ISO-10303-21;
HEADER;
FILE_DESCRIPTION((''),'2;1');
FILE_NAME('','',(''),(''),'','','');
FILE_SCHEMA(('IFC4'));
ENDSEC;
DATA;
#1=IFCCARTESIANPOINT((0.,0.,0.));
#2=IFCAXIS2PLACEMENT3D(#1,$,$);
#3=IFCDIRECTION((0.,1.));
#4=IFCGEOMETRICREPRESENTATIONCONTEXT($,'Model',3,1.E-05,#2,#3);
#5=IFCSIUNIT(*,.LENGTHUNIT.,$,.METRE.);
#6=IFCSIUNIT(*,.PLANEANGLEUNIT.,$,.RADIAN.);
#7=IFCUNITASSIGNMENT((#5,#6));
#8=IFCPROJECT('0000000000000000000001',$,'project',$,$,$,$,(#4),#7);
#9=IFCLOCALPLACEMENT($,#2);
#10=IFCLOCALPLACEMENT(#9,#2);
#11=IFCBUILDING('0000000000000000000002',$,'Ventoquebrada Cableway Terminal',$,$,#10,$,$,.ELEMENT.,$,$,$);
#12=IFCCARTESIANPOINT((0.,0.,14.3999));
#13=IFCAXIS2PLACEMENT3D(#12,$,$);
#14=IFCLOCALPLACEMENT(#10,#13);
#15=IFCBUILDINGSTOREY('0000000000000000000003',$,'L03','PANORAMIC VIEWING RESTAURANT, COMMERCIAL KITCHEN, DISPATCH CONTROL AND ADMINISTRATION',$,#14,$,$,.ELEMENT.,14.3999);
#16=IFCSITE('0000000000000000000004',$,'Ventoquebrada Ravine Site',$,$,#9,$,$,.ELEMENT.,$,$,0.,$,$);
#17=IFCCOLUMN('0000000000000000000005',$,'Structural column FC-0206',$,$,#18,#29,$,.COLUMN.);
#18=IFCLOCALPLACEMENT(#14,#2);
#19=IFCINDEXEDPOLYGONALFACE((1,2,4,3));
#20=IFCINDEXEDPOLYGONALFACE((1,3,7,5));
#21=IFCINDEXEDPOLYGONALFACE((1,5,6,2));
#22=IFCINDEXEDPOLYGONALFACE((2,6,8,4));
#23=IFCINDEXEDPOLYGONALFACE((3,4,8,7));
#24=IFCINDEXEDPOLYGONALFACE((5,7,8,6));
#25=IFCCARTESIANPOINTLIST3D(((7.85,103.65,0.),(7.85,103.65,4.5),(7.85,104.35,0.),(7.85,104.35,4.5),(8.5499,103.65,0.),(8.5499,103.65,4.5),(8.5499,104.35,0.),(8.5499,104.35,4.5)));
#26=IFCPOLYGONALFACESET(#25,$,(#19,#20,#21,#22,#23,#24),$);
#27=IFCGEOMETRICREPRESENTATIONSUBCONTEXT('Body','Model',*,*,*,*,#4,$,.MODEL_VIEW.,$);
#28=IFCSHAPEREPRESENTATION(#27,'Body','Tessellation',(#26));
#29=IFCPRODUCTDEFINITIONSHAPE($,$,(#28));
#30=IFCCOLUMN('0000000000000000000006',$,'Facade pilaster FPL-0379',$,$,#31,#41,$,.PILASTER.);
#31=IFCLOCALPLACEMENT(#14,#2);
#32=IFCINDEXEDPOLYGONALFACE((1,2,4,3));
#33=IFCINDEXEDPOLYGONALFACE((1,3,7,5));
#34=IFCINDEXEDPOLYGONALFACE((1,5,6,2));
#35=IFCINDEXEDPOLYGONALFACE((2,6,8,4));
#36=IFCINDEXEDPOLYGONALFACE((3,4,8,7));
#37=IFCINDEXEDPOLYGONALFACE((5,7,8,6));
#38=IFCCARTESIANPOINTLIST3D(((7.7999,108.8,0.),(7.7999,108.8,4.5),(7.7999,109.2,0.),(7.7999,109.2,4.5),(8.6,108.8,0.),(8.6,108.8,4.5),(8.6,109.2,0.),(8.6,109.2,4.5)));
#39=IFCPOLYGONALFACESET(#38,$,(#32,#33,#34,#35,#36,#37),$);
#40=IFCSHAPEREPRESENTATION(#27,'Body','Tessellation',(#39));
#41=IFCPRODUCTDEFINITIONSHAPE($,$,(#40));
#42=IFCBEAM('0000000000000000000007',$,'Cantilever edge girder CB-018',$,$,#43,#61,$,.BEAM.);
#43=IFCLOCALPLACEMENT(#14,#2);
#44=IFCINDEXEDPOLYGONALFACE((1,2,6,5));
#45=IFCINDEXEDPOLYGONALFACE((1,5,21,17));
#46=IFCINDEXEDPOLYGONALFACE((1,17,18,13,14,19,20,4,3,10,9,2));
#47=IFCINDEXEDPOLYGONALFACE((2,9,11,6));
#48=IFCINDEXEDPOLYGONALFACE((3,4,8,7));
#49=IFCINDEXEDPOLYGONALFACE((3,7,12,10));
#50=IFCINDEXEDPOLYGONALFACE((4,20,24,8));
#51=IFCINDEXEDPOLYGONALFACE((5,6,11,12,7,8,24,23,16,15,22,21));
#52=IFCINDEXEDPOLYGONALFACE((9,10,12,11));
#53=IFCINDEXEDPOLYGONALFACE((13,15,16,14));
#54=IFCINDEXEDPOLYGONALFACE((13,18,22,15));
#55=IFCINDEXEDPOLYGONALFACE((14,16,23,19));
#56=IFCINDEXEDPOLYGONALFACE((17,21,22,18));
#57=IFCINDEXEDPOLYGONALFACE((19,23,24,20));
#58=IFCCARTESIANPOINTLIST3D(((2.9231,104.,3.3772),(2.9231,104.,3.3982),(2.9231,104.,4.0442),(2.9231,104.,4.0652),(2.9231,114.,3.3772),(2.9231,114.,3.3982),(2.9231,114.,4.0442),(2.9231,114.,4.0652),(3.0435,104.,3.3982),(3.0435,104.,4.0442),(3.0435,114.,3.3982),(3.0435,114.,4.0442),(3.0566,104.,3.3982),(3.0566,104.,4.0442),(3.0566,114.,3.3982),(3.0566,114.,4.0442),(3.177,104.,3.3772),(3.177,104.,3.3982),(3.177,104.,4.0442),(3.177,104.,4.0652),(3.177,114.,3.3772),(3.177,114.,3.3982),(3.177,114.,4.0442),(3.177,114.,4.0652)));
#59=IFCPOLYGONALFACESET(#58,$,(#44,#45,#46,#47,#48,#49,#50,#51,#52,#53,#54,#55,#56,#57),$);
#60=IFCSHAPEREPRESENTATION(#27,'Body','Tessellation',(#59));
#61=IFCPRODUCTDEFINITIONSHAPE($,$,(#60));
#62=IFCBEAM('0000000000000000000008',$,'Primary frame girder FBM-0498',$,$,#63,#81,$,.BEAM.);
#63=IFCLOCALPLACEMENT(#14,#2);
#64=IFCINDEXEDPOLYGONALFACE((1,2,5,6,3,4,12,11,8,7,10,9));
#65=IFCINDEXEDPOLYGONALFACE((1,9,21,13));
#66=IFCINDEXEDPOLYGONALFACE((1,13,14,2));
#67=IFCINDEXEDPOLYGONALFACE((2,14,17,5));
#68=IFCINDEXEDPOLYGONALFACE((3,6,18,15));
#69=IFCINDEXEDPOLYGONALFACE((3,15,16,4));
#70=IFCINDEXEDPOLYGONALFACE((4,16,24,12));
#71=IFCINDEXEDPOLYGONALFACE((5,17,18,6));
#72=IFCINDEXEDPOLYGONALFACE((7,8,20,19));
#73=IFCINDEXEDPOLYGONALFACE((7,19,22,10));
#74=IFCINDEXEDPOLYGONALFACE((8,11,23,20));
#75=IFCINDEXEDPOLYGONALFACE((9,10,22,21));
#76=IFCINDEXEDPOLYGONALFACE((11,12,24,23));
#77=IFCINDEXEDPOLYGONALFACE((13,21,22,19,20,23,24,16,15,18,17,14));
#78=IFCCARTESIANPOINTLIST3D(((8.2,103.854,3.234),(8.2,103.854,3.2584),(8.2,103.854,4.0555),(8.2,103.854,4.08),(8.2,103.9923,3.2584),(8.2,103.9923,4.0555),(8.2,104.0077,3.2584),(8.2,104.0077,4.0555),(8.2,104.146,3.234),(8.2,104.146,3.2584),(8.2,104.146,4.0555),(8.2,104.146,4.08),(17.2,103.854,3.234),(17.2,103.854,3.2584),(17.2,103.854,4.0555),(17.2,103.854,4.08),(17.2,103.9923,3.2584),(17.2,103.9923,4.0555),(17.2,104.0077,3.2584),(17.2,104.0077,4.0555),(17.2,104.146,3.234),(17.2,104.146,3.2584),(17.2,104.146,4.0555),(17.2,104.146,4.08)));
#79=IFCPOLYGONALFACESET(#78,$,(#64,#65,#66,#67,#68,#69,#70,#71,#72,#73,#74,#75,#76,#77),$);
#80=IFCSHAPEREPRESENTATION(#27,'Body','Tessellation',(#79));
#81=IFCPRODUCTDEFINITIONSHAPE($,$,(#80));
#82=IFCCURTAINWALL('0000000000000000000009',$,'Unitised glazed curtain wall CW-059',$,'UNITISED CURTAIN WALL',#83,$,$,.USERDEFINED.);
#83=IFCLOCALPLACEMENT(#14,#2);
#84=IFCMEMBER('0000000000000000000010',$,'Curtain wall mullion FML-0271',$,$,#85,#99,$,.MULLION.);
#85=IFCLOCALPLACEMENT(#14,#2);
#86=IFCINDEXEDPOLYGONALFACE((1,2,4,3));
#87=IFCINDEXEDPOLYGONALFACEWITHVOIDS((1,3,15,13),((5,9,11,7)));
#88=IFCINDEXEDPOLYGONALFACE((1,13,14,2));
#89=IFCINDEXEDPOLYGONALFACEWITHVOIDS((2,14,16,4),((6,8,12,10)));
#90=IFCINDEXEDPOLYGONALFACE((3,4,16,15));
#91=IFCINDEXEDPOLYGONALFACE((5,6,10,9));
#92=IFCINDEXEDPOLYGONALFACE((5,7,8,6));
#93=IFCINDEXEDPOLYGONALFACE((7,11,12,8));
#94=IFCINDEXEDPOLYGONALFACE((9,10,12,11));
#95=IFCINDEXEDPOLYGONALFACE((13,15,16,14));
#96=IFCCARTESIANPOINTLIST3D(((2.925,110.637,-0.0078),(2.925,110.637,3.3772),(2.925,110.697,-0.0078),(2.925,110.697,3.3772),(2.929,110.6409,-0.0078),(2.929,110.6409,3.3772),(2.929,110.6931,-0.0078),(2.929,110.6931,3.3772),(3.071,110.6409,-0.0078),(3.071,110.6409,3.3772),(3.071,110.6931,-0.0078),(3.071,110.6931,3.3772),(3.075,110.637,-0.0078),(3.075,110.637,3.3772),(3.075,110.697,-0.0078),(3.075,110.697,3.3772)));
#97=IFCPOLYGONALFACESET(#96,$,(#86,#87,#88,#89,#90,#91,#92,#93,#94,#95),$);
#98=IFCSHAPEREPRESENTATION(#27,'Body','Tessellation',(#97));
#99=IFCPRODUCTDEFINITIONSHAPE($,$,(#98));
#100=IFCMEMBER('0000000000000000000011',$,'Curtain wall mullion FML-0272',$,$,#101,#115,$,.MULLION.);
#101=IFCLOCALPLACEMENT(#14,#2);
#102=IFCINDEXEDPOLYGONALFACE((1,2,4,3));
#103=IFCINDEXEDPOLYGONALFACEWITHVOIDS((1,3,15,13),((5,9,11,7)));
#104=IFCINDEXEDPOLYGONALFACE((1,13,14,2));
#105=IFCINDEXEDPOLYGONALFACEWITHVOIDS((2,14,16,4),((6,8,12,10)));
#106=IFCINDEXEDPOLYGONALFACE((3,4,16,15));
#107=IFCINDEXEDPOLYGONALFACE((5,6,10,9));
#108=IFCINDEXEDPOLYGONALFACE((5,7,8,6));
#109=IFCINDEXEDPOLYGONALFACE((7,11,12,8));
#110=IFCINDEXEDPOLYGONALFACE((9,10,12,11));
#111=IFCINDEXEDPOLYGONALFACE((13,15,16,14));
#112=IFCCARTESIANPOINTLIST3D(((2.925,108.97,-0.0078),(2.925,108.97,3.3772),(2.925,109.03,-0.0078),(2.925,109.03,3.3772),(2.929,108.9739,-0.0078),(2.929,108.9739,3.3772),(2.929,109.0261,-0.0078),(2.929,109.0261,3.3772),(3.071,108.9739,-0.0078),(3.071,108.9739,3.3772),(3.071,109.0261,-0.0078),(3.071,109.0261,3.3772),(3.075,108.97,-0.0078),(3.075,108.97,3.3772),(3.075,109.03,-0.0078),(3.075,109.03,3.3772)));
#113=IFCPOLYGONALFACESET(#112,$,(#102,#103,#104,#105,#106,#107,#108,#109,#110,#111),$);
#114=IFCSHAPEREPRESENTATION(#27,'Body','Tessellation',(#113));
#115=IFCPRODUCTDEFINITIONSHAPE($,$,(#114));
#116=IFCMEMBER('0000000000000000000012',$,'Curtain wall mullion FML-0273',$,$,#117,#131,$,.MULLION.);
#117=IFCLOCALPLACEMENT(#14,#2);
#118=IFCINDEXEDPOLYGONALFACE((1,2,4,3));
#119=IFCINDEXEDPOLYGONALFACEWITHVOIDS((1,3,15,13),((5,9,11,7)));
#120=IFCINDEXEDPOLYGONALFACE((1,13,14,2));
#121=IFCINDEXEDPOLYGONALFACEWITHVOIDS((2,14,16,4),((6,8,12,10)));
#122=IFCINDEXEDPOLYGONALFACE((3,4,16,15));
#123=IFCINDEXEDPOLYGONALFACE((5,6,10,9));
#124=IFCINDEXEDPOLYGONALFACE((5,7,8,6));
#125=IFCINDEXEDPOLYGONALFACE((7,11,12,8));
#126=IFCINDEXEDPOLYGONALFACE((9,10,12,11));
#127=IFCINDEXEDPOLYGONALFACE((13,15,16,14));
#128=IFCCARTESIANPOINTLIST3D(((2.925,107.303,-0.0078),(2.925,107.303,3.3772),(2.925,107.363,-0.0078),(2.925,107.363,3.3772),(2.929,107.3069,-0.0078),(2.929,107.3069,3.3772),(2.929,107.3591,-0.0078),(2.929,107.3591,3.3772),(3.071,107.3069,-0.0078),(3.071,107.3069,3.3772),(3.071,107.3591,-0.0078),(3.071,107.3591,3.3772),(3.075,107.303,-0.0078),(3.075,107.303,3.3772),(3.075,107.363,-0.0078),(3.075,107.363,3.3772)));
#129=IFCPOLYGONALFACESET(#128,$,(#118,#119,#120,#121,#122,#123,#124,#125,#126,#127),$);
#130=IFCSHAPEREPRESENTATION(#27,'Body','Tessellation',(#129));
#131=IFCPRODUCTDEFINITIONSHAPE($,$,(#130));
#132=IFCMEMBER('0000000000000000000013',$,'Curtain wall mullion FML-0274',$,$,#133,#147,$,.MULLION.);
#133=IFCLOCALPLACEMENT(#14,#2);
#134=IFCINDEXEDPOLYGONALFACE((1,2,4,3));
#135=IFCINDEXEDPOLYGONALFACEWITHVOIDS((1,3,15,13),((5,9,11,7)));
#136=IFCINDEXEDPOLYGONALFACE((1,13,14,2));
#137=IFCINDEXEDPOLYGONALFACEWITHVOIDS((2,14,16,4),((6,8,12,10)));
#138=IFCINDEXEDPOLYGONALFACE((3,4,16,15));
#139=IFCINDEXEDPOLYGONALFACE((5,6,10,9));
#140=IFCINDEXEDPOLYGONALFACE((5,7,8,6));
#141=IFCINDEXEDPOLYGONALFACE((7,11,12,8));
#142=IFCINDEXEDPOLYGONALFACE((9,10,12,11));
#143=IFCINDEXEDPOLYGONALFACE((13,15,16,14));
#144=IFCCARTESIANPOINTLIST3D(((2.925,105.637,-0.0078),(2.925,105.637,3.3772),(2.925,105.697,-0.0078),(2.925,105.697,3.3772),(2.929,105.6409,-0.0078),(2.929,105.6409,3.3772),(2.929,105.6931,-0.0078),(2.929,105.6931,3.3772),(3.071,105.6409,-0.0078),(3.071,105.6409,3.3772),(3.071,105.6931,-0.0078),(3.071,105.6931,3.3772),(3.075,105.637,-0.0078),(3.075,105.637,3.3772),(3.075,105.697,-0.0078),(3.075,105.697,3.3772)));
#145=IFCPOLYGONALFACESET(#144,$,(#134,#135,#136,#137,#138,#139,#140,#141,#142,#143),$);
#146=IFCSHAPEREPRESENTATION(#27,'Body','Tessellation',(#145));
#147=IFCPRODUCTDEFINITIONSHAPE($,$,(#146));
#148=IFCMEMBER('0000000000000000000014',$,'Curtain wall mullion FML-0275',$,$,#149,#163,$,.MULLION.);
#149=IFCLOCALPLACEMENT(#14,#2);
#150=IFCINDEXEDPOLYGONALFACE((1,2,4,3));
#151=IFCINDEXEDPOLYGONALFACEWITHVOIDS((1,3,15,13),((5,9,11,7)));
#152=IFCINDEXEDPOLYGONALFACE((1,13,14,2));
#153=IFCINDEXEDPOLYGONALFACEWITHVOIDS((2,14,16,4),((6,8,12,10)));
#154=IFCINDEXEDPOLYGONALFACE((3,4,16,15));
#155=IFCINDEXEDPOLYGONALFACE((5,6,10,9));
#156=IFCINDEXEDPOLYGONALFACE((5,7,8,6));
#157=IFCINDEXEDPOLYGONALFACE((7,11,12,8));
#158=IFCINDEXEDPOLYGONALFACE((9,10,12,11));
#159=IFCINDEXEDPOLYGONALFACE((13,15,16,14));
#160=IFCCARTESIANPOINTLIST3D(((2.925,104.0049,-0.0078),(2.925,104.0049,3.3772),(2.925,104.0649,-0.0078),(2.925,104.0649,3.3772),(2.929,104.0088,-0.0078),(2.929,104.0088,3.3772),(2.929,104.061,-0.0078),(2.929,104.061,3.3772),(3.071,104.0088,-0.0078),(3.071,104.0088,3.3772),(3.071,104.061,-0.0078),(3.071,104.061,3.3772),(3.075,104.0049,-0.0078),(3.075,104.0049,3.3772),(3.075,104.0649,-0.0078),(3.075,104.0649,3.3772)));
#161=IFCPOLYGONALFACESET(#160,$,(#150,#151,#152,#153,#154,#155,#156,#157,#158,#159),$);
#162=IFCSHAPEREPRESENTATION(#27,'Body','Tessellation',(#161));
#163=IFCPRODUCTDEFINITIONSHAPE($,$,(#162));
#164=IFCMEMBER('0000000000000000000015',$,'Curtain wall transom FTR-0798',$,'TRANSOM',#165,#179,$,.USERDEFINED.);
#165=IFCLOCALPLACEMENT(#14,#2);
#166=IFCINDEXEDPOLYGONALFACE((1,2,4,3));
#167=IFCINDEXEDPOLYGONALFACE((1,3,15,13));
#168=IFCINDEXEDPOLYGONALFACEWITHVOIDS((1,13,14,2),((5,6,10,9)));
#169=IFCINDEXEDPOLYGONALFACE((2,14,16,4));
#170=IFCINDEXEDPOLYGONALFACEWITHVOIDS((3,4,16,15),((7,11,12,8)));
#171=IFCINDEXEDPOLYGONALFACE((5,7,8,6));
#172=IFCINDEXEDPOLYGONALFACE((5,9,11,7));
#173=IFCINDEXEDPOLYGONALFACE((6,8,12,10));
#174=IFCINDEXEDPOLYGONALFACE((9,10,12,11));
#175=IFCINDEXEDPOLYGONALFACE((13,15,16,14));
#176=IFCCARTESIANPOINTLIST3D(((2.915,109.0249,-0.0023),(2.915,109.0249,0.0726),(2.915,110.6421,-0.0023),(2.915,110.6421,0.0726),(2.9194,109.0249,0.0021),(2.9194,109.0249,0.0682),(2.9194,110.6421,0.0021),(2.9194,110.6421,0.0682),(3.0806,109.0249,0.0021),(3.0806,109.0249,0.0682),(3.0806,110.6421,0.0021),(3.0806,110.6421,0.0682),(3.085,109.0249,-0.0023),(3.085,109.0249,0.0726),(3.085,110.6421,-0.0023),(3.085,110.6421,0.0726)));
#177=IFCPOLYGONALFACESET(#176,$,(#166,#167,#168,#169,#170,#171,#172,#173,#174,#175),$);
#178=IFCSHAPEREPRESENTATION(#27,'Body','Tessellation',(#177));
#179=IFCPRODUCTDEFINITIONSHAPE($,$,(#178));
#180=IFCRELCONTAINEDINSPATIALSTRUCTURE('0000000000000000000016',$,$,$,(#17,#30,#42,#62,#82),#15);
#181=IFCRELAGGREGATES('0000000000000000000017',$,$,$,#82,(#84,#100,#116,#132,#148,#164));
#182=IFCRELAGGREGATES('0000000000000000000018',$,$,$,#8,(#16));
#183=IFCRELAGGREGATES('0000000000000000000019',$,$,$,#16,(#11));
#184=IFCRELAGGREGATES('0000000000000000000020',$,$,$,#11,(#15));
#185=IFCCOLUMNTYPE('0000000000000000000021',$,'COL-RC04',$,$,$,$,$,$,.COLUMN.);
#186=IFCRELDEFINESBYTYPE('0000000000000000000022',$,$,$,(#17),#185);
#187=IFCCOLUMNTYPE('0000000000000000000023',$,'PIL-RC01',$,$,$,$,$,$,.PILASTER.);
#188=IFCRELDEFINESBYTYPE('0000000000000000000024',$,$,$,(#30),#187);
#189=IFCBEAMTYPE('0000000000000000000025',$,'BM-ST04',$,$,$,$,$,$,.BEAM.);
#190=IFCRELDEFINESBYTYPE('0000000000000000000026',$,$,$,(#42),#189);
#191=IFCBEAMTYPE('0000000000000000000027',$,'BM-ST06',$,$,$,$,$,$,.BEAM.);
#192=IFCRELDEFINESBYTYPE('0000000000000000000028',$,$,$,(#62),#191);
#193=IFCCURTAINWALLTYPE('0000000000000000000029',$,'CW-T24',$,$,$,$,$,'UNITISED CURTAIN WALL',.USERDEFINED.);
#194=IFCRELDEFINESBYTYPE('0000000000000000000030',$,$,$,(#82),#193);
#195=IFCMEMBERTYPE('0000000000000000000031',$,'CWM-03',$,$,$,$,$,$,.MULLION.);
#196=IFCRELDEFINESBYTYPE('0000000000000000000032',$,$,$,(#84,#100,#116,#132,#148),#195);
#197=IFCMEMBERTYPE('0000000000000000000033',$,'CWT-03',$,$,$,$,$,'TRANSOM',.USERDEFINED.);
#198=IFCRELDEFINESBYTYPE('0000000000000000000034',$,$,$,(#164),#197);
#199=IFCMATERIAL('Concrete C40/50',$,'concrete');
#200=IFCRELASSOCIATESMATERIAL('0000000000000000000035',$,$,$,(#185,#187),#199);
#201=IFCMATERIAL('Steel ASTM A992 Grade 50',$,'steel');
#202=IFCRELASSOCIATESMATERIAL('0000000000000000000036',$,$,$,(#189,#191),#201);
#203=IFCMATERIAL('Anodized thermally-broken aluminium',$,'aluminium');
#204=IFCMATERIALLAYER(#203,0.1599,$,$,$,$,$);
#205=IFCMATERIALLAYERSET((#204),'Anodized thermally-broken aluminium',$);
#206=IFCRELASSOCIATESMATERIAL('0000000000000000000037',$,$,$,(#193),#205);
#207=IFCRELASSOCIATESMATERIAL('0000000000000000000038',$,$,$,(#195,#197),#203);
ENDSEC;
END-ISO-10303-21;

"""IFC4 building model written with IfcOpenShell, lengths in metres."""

from ifc_helpers import new_model, si_unit, direction, frame, origin, origin_2d, place, context, subcontext, project, spatial, rectangle, hollow_rectangle, i_section, extrude, material, layer, layer_set, material_profile, profile_set, type_object, element, aggregate, save


model = new_model("IFC4")

# Units and contexts
model_context = context("Model", 3, precision=1e-05, world=origin(), true_north=direction((0.0, 1.0)))
body_context = subcontext(model_context, "Body", "Model", "MODEL_VIEW")
ifc_project = project(units=[si_unit("LENGTHUNIT", "METRE"), si_unit("PLANEANGLEUNIT", "RADIAN")], contexts=[model_context])

# Site, building, storey
site_placement = place(None, origin())
site = spatial("IfcSite", under=ifc_project, at=site_placement, Name="Ventoquebrada Ravine Site", CompositionType="ELEMENT", RefElevation=0.0)
building_placement = place(site_placement, origin())
building = spatial("IfcBuilding", under=site, at=building_placement, Name="Ventoquebrada Cableway Terminal", CompositionType="ELEMENT")
storey_placement = place(building_placement, frame((0.0, 0.0, 14.3999)))
storey = spatial("IfcBuildingStorey", under=building, at=storey_placement, Name="L03", Description="PANORAMIC VIEWING RESTAURANT, COMMERCIAL KITCHEN, DISPATCH CONTROL AND ADMINISTRATION", CompositionType="ELEMENT", Elevation=14.3999)

# Columns
ifc_material_1 = material(Name="Concrete C40/50", Category="concrete")
ifc_material_profile_1 = material_profile(ifc_material_1, rectangle(XDim=0.7, YDim=0.7, at=origin_2d()), Name="RC-COL-700X700")
ifc_profile_set_1 = profile_set([ifc_material_profile_1], Name="Concrete C40/50")
column_type_1 = type_object("IfcColumnType", Name="COL-RC04", PredefinedType="COLUMN", material=ifc_profile_set_1)
column_1_placement = place(storey_placement, frame((8.2, 104.0, 0.0), z_axis=(0.0, 0.0, 1.0), x_axis=(1.0, 0.0, 0.0)))
element("IfcColumn", 1, at=column_1_placement, inside=storey, type_object=column_type_1, Name="Structural column FC-0206", PredefinedType="COLUMN", context=body_context, shape_type="SweptSolid", body=[
    extrude(rectangle(XDim=0.7, YDim=0.7, at=origin_2d()), origin(), (0.0, 0.0, 1.0), 4.5),
])
ifc_material_profile_2 = material_profile(ifc_material_1, rectangle(XDim=0.3999, YDim=0.8, at=origin_2d()), Name="RC-PIL-400X800")
ifc_profile_set_2 = profile_set([ifc_material_profile_2], Name="Concrete C40/50")
column_type_2 = type_object("IfcColumnType", Name="PIL-RC01", PredefinedType="PILASTER", material=ifc_profile_set_2)
column_2_placement = place(storey_placement, frame((8.2, 109.0, 0.0), z_axis=(0.0, 0.0, 1.0), x_axis=(0.0, 1.0, 0.0)))
element("IfcColumn", 2, at=column_2_placement, inside=storey, type_object=column_type_2, Name="Facade pilaster FPL-0379", PredefinedType="PILASTER", context=body_context, shape_type="SweptSolid", body=[
    extrude(rectangle(XDim=0.3999, YDim=0.8, at=origin_2d()), origin(), (0.0, 0.0, 1.0), 4.5),
])

# Beams
ifc_material_2 = material(Name="Steel ASTM A992 Grade 50", Category="steel")
ifc_material_profile_3 = material_profile(ifc_material_2, i_section(OverallWidth=0.2539, OverallDepth=0.688, WebThickness=0.0132, FlangeThickness=0.021, at=origin_2d()), Name="W27X102")
ifc_profile_set_3 = profile_set([ifc_material_profile_3], Name="Steel ASTM A992 Grade 50")
beam_type_1 = type_object("IfcBeamType", Name="BM-ST04", PredefinedType="BEAM", material=ifc_profile_set_3)
beam_1_placement = place(storey_placement, frame((3.05, 104.0, 3.7212), z_axis=(0.0, 1.0, 0.0), x_axis=(-1.0, 0.0, 0.0)))
element("IfcBeam", 3, at=beam_1_placement, inside=storey, type_object=beam_type_1, Name="Cantilever edge girder CB-018", PredefinedType="BEAM", context=body_context, shape_type="SweptSolid", body=[
    extrude(i_section(OverallWidth=0.2539, OverallDepth=0.688, WebThickness=0.0132, FlangeThickness=0.021, at=origin_2d()), origin(), (0.0, 0.0, 1.0), 10.0),
])
ifc_material_profile_4 = material_profile(ifc_material_2, i_section(OverallWidth=0.292, OverallDepth=0.8459, WebThickness=0.0154, FlangeThickness=0.0244, at=origin_2d()), Name="W33X141")
ifc_profile_set_4 = profile_set([ifc_material_profile_4], Name="Steel ASTM A992 Grade 50")
beam_type_2 = type_object("IfcBeamType", Name="BM-ST06", PredefinedType="BEAM", material=ifc_profile_set_4)
beam_2_placement = place(storey_placement, frame((8.2, 104.0, 3.657), z_axis=(1.0, 0.0, 0.0), x_axis=(0.0, 1.0, 0.0)))
element("IfcBeam", 4, at=beam_2_placement, inside=storey, type_object=beam_type_2, Name="Primary frame girder FBM-0498", PredefinedType="BEAM", context=body_context, shape_type="SweptSolid", body=[
    extrude(i_section(OverallWidth=0.292, OverallDepth=0.8459, WebThickness=0.0154, FlangeThickness=0.0244, at=origin_2d()), origin(), (0.0, 0.0, 1.0), 9.0),
])

# Curtain wall, members
ifc_material_3 = material(Name="Anodized thermally-broken aluminium", Category="aluminium")
ifc_layer_1 = layer(ifc_material_3, 0.1599)
ifc_layer_set_1 = layer_set([ifc_layer_1], Name="Anodized thermally-broken aluminium")
curtain_wall_type = type_object("IfcCurtainWallType", Name="CW-T24", ElementType="UNITISED CURTAIN WALL", PredefinedType="USERDEFINED", material=ifc_layer_set_1)
curtain_wall_placement = place(storey_placement, origin())
curtain_wall = element("IfcCurtainWall", 5, at=curtain_wall_placement, inside=storey, type_object=curtain_wall_type, Name="Unitised glazed curtain wall CW-059", ObjectType="UNITISED CURTAIN WALL", PredefinedType="USERDEFINED")
ifc_material_profile_5 = material_profile(ifc_material_3, hollow_rectangle(XDim=0.0601, YDim=0.1499, WallThickness=0.0039, at=origin_2d()), Name="CW-MUL-60X150")
ifc_profile_set_5 = profile_set([ifc_material_profile_5], Name="Anodized thermally-broken aluminium")
member_type_1 = type_object("IfcMemberType", Name="CWM-03", PredefinedType="MULLION", material=ifc_profile_set_5)
member_1_placement = place(storey_placement, frame((3.0, 110.667, -0.0078), z_axis=(0.0, 0.0, 1.0), x_axis=(0.0, -1.0, 0.0)))
member_1 = element("IfcMember", 6, at=member_1_placement, type_object=member_type_1, Name="Curtain wall mullion FML-0271", PredefinedType="MULLION", context=body_context, shape_type="SweptSolid", body=[
    extrude(hollow_rectangle(XDim=0.0601, YDim=0.1499, WallThickness=0.0039, at=origin_2d()), origin(), (0.0, 0.0, 1.0), 3.385),
])
member_2_placement = place(storey_placement, frame((3.0, 109.0, -0.0078), z_axis=(0.0, 0.0, 1.0), x_axis=(0.0, -1.0, 0.0)))
member_2 = element("IfcMember", 7, at=member_2_placement, type_object=member_type_1, Name="Curtain wall mullion FML-0272", PredefinedType="MULLION", context=body_context, shape_type="SweptSolid", body=[
    extrude(hollow_rectangle(XDim=0.0601, YDim=0.1499, WallThickness=0.0039, at=origin_2d()), origin(), (0.0, 0.0, 1.0), 3.385),
])
member_3_placement = place(storey_placement, frame((3.0, 107.333, -0.0078), z_axis=(0.0, 0.0, 1.0), x_axis=(0.0, -1.0, 0.0)))
member_3 = element("IfcMember", 8, at=member_3_placement, type_object=member_type_1, Name="Curtain wall mullion FML-0273", PredefinedType="MULLION", context=body_context, shape_type="SweptSolid", body=[
    extrude(hollow_rectangle(XDim=0.0601, YDim=0.1499, WallThickness=0.0039, at=origin_2d()), origin(), (0.0, 0.0, 1.0), 3.385),
])
member_4_placement = place(storey_placement, frame((3.0, 105.667, -0.0078), z_axis=(0.0, 0.0, 1.0), x_axis=(0.0, -1.0, 0.0)))
member_4 = element("IfcMember", 9, at=member_4_placement, type_object=member_type_1, Name="Curtain wall mullion FML-0274", PredefinedType="MULLION", context=body_context, shape_type="SweptSolid", body=[
    extrude(hollow_rectangle(XDim=0.0601, YDim=0.1499, WallThickness=0.0039, at=origin_2d()), origin(), (0.0, 0.0, 1.0), 3.385),
])
member_5_placement = place(storey_placement, frame((3.0, 104.0349, -0.0078), z_axis=(0.0, 0.0, 1.0), x_axis=(0.0, -1.0, 0.0)))
member_5 = element("IfcMember", 10, at=member_5_placement, type_object=member_type_1, Name="Curtain wall mullion FML-0275", PredefinedType="MULLION", context=body_context, shape_type="SweptSolid", body=[
    extrude(hollow_rectangle(XDim=0.0601, YDim=0.1499, WallThickness=0.0039, at=origin_2d()), origin(), (0.0, 0.0, 1.0), 3.385),
])
ifc_material_profile_6 = material_profile(ifc_material_3, hollow_rectangle(XDim=0.075, YDim=0.1699, WallThickness=0.0044, at=origin_2d()), Name="CW-TRN-75X170")
ifc_profile_set_6 = profile_set([ifc_material_profile_6], Name="Anodized thermally-broken aluminium")
member_type_2 = type_object("IfcMemberType", Name="CWT-03", ElementType="TRANSOM", PredefinedType="USERDEFINED", material=ifc_profile_set_6)
member_6_placement = place(storey_placement, frame((3.0, 110.6421, 0.0352), z_axis=(0.0, -1.0, 0.0), x_axis=(0.0, 0.0, 1.0)))
member_6 = element("IfcMember", 11, at=member_6_placement, type_object=member_type_2, Name="Curtain wall transom FTR-0798", ObjectType="TRANSOM", PredefinedType="USERDEFINED", context=body_context, shape_type="SweptSolid", body=[
    extrude(hollow_rectangle(XDim=0.075, YDim=0.1699, WallThickness=0.0044, at=origin_2d()), origin(), (0.0, 0.0, 1.0), 1.6172),
])

aggregate(curtain_wall, [member_1, member_2, member_3, member_4, member_5, member_6])

save(model, "model.ifc")
